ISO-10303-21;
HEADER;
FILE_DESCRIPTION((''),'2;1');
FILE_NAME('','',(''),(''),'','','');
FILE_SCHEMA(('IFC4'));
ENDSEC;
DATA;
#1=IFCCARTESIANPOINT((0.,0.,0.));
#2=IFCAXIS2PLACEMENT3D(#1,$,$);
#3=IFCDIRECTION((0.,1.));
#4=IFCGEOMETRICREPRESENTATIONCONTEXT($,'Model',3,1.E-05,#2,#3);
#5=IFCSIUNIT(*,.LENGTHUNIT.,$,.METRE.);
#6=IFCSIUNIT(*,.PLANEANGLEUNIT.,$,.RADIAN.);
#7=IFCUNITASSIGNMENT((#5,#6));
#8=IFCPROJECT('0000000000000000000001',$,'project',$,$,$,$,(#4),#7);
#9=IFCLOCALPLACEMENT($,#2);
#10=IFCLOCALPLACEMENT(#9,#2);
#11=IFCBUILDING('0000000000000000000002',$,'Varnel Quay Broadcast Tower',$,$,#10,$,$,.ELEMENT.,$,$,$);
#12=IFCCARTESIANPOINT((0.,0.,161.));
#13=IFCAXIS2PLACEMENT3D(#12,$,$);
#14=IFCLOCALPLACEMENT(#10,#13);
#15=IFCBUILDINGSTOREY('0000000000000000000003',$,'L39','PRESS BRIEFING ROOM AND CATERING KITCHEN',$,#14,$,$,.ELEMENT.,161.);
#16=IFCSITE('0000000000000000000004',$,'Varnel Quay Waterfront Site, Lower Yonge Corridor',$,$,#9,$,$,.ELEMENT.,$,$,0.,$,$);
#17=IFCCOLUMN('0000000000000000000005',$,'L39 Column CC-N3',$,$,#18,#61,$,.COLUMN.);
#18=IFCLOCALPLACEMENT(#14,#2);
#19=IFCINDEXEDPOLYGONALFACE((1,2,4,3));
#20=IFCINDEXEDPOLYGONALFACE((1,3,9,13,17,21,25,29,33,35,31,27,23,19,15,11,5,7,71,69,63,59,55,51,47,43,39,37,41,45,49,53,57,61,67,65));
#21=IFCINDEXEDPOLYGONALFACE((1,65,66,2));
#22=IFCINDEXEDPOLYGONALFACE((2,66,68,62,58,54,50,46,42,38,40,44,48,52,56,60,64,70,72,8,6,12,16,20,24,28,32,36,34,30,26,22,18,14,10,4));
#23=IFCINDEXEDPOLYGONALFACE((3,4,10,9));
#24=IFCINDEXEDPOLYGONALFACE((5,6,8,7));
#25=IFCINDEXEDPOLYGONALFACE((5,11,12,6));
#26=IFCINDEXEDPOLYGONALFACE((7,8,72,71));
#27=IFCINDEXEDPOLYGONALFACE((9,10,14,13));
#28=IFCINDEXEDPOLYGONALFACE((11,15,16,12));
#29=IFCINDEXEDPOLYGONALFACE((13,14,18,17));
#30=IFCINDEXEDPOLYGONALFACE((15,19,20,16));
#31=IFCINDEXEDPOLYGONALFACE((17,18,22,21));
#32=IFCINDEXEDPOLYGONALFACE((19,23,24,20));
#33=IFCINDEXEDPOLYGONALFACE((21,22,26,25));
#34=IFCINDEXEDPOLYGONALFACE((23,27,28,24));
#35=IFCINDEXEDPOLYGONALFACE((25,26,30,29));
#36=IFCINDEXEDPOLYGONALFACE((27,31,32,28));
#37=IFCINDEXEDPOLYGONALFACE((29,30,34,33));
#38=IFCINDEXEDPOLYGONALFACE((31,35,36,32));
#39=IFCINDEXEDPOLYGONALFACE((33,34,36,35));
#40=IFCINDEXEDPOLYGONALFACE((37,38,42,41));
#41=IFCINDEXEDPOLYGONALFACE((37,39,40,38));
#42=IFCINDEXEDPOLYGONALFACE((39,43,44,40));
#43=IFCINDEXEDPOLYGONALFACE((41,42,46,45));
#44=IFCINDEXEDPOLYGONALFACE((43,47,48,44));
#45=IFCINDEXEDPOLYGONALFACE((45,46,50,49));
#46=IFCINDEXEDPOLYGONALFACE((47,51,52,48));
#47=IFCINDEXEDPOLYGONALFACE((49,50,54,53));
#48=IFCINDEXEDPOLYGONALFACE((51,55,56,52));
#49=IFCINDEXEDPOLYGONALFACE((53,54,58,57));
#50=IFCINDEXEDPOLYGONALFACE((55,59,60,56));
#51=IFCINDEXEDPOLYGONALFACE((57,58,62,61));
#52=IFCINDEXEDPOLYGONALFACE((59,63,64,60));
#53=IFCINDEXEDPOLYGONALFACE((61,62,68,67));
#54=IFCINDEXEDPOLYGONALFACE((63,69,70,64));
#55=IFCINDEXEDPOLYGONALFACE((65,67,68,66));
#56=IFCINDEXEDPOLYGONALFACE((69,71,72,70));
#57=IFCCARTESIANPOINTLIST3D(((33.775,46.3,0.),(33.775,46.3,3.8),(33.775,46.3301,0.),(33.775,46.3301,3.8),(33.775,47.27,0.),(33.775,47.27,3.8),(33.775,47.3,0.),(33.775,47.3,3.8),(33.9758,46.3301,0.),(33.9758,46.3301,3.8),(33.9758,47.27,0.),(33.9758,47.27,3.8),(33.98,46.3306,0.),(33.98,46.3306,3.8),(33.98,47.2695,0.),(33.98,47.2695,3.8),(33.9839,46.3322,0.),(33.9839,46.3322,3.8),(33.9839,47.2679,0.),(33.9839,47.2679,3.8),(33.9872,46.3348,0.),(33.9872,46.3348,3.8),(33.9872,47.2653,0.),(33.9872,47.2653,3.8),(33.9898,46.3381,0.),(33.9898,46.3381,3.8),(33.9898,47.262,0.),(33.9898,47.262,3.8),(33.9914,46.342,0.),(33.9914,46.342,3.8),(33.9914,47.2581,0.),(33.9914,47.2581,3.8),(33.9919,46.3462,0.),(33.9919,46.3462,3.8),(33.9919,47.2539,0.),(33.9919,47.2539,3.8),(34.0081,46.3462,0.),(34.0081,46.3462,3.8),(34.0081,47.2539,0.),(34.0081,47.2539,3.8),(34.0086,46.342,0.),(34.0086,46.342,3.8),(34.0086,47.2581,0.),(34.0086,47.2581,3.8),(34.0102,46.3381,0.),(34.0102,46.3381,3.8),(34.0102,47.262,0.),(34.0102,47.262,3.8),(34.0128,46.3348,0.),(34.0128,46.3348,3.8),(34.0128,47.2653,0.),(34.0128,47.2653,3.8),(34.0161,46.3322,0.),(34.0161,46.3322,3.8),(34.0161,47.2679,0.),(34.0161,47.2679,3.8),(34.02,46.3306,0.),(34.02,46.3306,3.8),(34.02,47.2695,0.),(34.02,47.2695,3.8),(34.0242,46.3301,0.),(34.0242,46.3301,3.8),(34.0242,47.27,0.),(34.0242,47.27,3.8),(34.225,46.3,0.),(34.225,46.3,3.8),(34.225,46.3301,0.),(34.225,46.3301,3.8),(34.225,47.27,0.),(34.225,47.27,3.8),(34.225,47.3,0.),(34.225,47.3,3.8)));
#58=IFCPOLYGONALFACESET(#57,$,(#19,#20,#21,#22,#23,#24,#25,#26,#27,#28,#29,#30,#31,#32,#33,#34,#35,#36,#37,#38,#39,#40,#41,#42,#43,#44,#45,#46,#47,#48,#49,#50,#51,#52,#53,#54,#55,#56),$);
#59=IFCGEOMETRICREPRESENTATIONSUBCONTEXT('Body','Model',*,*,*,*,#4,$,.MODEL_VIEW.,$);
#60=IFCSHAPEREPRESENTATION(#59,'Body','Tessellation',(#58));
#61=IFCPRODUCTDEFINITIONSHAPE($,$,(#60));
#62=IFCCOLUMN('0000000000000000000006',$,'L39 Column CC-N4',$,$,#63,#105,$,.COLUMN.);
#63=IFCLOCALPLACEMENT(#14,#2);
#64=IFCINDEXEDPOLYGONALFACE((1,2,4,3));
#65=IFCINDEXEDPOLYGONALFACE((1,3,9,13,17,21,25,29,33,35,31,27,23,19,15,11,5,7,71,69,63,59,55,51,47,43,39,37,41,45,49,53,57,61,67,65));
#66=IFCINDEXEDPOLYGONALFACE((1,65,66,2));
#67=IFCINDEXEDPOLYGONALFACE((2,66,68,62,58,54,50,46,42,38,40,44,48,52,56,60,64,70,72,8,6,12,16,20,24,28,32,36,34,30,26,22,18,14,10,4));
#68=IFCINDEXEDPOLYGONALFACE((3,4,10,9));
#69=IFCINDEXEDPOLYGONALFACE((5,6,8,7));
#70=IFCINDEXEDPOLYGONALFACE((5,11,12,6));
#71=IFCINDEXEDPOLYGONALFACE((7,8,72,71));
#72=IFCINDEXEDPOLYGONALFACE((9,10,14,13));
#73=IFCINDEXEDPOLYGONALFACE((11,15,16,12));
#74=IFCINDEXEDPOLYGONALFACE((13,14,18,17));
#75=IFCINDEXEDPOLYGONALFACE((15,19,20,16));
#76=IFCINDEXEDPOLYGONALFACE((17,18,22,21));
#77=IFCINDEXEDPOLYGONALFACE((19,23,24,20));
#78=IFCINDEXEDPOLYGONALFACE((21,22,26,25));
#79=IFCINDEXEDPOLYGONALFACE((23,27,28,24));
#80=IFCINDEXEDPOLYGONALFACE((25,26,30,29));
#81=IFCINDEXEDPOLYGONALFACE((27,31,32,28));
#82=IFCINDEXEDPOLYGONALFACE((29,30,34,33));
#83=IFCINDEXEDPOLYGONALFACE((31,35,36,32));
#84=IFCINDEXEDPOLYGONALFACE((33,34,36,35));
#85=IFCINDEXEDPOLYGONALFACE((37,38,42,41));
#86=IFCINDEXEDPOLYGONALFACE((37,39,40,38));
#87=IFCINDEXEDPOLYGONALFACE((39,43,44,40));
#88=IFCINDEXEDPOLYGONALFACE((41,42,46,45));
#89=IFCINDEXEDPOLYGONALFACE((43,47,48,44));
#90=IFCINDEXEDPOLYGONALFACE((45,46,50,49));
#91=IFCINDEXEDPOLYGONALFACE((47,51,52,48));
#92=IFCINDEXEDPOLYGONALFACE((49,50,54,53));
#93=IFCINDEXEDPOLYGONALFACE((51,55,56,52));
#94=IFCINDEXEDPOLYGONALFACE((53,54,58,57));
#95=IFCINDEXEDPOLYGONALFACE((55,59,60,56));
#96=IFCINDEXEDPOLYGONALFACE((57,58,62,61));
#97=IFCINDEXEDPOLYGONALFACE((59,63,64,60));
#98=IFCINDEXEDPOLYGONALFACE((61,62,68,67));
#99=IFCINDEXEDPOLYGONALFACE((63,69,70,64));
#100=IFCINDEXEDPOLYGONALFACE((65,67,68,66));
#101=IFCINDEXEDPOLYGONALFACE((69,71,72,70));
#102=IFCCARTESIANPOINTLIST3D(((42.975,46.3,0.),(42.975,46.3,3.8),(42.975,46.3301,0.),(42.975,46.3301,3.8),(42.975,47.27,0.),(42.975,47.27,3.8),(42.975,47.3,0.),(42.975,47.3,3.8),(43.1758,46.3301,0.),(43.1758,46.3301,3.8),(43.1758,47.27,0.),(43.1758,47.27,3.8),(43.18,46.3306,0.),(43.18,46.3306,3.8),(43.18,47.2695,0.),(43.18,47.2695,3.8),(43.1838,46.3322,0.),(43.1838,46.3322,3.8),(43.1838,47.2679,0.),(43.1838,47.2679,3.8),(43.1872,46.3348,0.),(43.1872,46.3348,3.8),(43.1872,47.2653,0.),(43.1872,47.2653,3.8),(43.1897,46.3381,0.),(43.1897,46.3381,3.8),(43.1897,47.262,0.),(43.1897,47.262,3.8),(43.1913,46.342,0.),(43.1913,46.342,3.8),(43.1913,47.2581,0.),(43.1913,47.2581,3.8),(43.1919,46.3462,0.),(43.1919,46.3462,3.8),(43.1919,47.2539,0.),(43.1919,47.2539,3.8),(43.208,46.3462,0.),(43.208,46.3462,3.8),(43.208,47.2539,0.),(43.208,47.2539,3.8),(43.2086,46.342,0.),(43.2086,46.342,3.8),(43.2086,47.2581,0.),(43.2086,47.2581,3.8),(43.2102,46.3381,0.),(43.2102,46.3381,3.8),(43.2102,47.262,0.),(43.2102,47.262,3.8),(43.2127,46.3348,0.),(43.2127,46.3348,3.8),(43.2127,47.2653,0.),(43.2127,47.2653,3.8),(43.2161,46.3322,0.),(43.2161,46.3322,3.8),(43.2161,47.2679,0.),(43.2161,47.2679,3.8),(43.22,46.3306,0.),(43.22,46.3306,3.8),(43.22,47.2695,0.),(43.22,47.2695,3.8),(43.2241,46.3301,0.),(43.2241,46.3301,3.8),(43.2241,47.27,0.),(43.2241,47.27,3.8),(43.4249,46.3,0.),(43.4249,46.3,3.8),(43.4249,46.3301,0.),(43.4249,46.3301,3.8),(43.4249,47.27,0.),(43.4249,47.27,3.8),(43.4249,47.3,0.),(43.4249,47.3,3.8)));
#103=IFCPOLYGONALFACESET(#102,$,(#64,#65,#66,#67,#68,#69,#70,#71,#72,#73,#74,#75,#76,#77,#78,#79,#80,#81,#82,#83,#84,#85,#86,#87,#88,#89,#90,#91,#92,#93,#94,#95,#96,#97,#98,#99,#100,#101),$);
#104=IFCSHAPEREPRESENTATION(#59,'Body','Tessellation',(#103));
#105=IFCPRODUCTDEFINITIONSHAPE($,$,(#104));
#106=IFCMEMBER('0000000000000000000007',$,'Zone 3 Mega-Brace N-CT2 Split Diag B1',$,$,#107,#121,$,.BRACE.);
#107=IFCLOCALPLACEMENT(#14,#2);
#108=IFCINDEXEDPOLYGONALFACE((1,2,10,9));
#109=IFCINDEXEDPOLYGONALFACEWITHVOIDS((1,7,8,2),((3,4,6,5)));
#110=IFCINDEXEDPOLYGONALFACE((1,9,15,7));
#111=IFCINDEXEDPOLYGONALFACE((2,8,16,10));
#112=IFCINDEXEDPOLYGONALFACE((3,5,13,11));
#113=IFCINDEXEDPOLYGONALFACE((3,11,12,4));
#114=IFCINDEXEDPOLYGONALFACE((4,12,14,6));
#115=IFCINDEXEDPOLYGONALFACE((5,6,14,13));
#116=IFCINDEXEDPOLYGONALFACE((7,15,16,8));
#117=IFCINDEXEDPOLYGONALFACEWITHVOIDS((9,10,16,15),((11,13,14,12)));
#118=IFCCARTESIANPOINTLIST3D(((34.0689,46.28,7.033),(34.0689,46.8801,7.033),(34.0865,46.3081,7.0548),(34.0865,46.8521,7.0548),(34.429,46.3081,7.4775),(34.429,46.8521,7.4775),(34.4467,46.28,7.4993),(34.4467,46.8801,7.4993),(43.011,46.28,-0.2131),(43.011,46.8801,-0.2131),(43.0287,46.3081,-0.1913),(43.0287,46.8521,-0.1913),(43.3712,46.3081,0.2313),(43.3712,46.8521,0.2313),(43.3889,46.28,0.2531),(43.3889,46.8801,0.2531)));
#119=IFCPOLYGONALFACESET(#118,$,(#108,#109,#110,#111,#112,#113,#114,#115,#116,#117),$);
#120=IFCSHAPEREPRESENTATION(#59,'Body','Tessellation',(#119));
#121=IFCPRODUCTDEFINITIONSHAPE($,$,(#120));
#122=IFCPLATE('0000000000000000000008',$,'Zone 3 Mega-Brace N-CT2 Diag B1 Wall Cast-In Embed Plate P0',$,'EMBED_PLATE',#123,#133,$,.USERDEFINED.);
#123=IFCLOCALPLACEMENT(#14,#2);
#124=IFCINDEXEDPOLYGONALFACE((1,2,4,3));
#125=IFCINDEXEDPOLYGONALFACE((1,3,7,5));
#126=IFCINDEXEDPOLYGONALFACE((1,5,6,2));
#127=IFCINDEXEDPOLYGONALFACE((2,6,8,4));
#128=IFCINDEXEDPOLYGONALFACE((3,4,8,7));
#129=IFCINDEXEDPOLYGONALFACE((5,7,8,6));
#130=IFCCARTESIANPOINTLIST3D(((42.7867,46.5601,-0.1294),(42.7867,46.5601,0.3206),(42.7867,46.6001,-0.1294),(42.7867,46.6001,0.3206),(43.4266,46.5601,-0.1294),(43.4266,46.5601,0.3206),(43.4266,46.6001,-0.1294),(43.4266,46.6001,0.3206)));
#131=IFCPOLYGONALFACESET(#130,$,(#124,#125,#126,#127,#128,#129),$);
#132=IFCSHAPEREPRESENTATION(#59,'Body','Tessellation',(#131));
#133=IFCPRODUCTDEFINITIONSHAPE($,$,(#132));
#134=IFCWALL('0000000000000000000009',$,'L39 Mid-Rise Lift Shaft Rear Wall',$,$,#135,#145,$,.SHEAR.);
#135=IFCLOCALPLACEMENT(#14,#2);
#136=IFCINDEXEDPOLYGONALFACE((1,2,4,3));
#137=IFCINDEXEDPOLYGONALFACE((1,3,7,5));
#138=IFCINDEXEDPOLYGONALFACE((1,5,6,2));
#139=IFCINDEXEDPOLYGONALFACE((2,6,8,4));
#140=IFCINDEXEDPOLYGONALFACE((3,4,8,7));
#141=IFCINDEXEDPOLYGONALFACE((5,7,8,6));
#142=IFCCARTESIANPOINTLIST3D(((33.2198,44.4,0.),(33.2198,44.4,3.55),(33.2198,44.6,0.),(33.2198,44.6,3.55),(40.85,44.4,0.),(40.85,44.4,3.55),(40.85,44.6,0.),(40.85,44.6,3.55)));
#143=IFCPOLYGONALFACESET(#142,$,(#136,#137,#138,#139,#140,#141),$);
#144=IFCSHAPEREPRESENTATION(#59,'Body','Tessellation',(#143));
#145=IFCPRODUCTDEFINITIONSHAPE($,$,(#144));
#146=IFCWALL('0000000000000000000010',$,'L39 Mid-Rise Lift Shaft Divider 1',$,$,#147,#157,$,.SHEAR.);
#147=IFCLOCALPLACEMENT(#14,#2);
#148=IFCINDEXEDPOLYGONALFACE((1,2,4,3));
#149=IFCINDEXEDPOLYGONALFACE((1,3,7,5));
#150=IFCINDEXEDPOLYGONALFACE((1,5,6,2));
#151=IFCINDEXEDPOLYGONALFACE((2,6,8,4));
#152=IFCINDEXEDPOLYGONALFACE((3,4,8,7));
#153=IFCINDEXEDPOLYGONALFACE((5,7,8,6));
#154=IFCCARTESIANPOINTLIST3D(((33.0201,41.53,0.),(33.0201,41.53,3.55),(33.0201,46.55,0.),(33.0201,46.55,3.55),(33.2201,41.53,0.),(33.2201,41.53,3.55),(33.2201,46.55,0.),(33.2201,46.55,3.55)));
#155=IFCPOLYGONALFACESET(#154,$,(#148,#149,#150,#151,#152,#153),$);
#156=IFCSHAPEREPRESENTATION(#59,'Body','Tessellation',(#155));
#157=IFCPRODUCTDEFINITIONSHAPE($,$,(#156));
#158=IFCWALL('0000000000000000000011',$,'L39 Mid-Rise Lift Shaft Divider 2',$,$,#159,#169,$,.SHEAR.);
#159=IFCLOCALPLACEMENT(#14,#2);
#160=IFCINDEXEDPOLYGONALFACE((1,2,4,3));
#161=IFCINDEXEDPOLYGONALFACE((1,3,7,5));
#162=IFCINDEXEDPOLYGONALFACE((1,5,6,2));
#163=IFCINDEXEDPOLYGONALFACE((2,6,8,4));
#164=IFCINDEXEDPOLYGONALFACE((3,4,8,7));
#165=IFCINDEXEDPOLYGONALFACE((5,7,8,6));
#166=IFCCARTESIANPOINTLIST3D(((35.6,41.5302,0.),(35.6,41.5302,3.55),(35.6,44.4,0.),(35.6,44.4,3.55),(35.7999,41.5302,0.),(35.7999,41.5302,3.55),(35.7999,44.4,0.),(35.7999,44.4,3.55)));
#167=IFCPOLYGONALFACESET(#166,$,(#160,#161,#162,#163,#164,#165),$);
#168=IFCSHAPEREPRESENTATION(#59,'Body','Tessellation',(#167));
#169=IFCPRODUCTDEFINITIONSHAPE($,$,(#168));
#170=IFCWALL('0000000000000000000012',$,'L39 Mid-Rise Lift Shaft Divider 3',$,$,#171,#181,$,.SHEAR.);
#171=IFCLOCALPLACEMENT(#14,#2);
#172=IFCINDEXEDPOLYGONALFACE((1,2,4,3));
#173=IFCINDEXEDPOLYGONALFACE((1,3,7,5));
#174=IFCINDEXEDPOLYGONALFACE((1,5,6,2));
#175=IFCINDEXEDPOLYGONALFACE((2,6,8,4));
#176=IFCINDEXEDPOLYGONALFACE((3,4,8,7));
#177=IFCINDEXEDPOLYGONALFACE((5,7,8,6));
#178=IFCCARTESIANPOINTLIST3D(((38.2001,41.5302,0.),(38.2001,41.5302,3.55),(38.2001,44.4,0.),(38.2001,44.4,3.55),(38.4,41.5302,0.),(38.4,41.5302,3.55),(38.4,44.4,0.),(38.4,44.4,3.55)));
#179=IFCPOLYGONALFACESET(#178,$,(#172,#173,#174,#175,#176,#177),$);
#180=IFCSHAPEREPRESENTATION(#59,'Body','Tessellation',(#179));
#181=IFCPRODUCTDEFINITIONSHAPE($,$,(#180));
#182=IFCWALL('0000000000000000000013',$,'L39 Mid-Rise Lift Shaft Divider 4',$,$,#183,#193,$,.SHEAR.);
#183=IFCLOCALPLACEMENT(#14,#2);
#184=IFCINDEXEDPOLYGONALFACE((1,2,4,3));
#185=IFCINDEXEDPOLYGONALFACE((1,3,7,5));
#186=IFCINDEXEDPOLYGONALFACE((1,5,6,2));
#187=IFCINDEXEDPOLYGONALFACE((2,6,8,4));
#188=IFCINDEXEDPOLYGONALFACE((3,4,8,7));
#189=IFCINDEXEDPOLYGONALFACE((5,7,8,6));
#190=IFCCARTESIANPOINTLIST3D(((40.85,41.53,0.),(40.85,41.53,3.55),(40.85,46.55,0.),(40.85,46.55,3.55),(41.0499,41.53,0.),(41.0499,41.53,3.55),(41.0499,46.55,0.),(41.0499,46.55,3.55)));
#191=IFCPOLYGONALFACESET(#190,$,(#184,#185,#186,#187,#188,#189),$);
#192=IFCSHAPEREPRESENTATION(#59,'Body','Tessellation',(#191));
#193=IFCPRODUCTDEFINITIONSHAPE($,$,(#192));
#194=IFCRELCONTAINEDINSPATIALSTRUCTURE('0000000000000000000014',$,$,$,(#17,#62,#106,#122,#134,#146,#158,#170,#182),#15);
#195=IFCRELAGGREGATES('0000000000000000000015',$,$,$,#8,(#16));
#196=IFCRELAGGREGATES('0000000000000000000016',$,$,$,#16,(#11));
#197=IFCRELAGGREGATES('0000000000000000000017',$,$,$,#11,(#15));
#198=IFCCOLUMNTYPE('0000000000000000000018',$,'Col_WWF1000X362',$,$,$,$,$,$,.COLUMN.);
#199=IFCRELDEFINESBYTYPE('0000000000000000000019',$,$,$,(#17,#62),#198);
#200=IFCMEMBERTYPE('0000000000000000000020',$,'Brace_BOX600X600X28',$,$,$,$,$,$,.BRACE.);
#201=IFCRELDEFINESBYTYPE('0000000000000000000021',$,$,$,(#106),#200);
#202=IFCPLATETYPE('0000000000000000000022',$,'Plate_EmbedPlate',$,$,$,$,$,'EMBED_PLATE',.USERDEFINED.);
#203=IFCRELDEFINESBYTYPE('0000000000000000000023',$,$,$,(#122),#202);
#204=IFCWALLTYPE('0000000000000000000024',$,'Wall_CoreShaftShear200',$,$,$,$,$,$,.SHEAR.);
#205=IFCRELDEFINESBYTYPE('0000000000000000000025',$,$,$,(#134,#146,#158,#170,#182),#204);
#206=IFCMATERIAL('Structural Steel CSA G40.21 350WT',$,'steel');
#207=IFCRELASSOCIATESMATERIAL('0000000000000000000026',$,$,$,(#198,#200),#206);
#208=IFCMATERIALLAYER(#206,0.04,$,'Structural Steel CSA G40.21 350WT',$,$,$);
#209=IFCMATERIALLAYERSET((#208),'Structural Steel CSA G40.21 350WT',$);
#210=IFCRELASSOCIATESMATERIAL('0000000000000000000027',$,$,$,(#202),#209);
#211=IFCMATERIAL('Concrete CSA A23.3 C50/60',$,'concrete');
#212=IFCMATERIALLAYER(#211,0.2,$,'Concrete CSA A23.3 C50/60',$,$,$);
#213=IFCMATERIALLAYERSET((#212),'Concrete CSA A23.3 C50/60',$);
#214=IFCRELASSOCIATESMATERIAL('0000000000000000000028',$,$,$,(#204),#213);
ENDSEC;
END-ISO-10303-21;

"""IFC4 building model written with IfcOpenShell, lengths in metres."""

from ifc_helpers import new_model, si_unit, direction, frame, frame_2d, origin, origin_2d, place, context, subcontext, project, spatial, rectangle, hollow_rectangle, i_section, extrude, source, transform, mapped, material, layer, layer_set, material_profile, profile_set, type_object, type_shapes, element, save


model = new_model("IFC4")

# Units and contexts
model_context = context("Model", 3, precision=1e-05, world=origin(), true_north=direction((0.0, 1.0)))
body_context = subcontext(model_context, "Body", "Model", "MODEL_VIEW")
ifc_project = project(units=[si_unit("LENGTHUNIT", "METRE"), si_unit("PLANEANGLEUNIT", "RADIAN")], contexts=[model_context])

# Site, building, storey
site_placement = place(None, origin())
site = spatial("IfcSite", under=ifc_project, at=site_placement, Name="Varnel Quay Waterfront Site, Lower Yonge Corridor", CompositionType="ELEMENT", RefElevation=0.0)
building_placement = place(site_placement, origin())
building = spatial("IfcBuilding", under=site, at=building_placement, Name="Varnel Quay Broadcast Tower", CompositionType="ELEMENT")
storey_placement = place(building_placement, frame((0.0, 0.0, 161.0)))
storey = spatial("IfcBuildingStorey", under=building, at=storey_placement, Name="L39", Description="PRESS BRIEFING ROOM AND CATERING KITCHEN", CompositionType="ELEMENT", Elevation=161.0)

# Columns
ifc_material_1 = material(Name="Structural Steel CSA G40.21 350WT", Category="steel")
ifc_material_profile_1 = material_profile(ifc_material_1, i_section(OverallWidth=0.45, OverallDepth=1.0, WebThickness=0.0161, FlangeThickness=0.03, FilletRadius=0.0161, at=origin_2d()), Name="WWF1000X362")
ifc_profile_set_1 = profile_set([ifc_material_profile_1], Name="Structural Steel CSA G40.21 350WT")
column_type = type_object("IfcColumnType", Name="Col_WWF1000X362", PredefinedType="COLUMN", material=ifc_profile_set_1)
shared_shape_1 = source(origin(), body_context, "Body", "SweptSolid", [
    extrude(i_section(OverallWidth=0.45, OverallDepth=1.0, WebThickness=0.0161, FlangeThickness=0.03, FilletRadius=0.0161, at=origin_2d()), origin(), (0.0, 0.0, 1.0), 3.8),
])
type_shapes(column_type, [shared_shape_1])
for number, where, z_axis, x_axis, name in (
    (1, (34.0, 46.8, 0.0), (0.0, 0.0, 1.0), (1.0, 0.0, 0.0), "L39 Column CC-N3"),
    (2, (43.2, 46.8, 0.0), (0.0, 0.0, 1.0), (1.0, 0.0, 0.0), "L39 Column CC-N4"),
):
    element("IfcColumn", number, at=place(storey_placement, frame(where, z_axis=z_axis, x_axis=x_axis)), inside=storey, type_object=column_type, Name=name, PredefinedType="COLUMN", context=body_context, shape_type="MappedRepresentation", body=[
        mapped(shared_shape_1, transform((0.0, 0.0, 0.0), x_axis=(1.0, 0.0, 0.0), y_axis=(0.0, 1.0, 0.0), z_axis=(0.0, 0.0, 1.0), scale=1.0)),
    ])

# Member
ifc_material_profile_2 = material_profile(ifc_material_1, hollow_rectangle(XDim=0.6001, YDim=0.6001, WallThickness=0.0281, at=origin_2d()), Name="BOX600X600X28")
ifc_profile_set_2 = profile_set([ifc_material_profile_2], Name="Structural Steel CSA G40.21 350WT")
member_type = type_object("IfcMemberType", Name="Brace_BOX600X600X28", PredefinedType="BRACE", material=ifc_profile_set_2)
shared_shape_2 = source(origin(), body_context, "Body", "SweptSolid", [
    extrude(hollow_rectangle(XDim=0.6001, YDim=0.6001, WallThickness=0.0281, at=origin_2d()), origin(), (0.0, 0.0, 1.0), 11.5095),
])
type_shapes(member_type, [shared_shape_2])
member_placement = place(storey_placement, frame((43.2, 46.5801, 0.02), z_axis=(-0.776938, 0.0, 0.629577), x_axis=(0.0, -1.0, 0.0)))
element("IfcMember", 3, at=member_placement, inside=storey, type_object=member_type, Name="Zone 3 Mega-Brace N-CT2 Split Diag B1", PredefinedType="BRACE", context=body_context, shape_type="MappedRepresentation", body=[
    mapped(shared_shape_2, transform((0.0, 0.0, 0.0), x_axis=(1.0, 0.0, 0.0), y_axis=(0.0, 1.0, 0.0), z_axis=(0.0, 0.0, 1.0), scale=1.0)),
])

# Plate
ifc_layer_1 = layer(ifc_material_1, 0.04, Name="Structural Steel CSA G40.21 350WT")
ifc_layer_set_1 = layer_set([ifc_layer_1], Name="Structural Steel CSA G40.21 350WT")
plate_type = type_object("IfcPlateType", Name="Plate_EmbedPlate", ElementType="EMBED_PLATE", PredefinedType="USERDEFINED", material=ifc_layer_set_1)
shared_shape_3 = source(origin(), body_context, "Body", "SweptSolid", [
    extrude(rectangle(XDim=0.6399, YDim=0.04, at=origin_2d()), origin(), (0.0, 0.0, 1.0), 0.45),
])
type_shapes(plate_type, [shared_shape_3])
plate_placement = place(storey_placement, frame((43.1067, 46.5801, -0.1294), z_axis=(0.0, 0.0, 1.0), x_axis=(1.0, 0.0, 0.0)))
element("IfcPlate", 4, at=plate_placement, inside=storey, type_object=plate_type, Name="Zone 3 Mega-Brace N-CT2 Diag B1 Wall Cast-In Embed Plate P0", ObjectType="EMBED_PLATE", PredefinedType="USERDEFINED", context=body_context, shape_type="MappedRepresentation", body=[
    mapped(shared_shape_3, transform((0.0, 0.0, 0.0), x_axis=(1.0, 0.0, 0.0), y_axis=(0.0, 1.0, 0.0), z_axis=(0.0, 0.0, 1.0), scale=1.0)),
])

# Walls
ifc_material_2 = material(Name="Concrete CSA A23.3 C50/60", Category="concrete")
ifc_layer_2 = layer(ifc_material_2, 0.2, Name="Concrete CSA A23.3 C50/60")
ifc_layer_set_2 = layer_set([ifc_layer_2], Name="Concrete CSA A23.3 C50/60")
wall_type_1 = type_object("IfcWallType", Name="Wall_CoreShaftShear200", PredefinedType="SHEAR", material=ifc_layer_set_2)
wall_1_placement = place(storey_placement, frame((33.22, 44.5, 0.0), z_axis=(0.0, 0.0, 1.0), x_axis=(1.0, 0.0, 0.0)))
element("IfcWall", 5, at=wall_1_placement, inside=storey, type_object=wall_type_1, Name="L39 Mid-Rise Lift Shaft Rear Wall", PredefinedType="SHEAR", context=body_context, shape_type="SweptSolid", body=[
    extrude(rectangle(XDim=7.6301, YDim=0.2, at=frame_2d((3.8149, 0.0))), origin(), (0.0, 0.0, 1.0), 3.55),
])
wall_2_placement = place(storey_placement, frame((33.1201, 41.53, 0.0), z_axis=(0.0, 0.0, 1.0), x_axis=(0.0, 1.0, 0.0)))
element("IfcWall", 6, at=wall_2_placement, inside=storey, type_object=wall_type_1, Name="L39 Mid-Rise Lift Shaft Divider 1", PredefinedType="SHEAR", context=body_context, shape_type="SweptSolid", body=[
    extrude(rectangle(XDim=5.02, YDim=0.2, at=frame_2d((2.51, 0.0))), origin(), (0.0, 0.0, 1.0), 3.55),
])
for number, where, z_axis, x_axis, name in (
    (7, (35.7, 41.53, 0.0), (0.0, 0.0, 1.0), (0.0, 1.0, 0.0), "L39 Mid-Rise Lift Shaft Divider 2"),
    (8, (38.3, 41.53, 0.0), (0.0, 0.0, 1.0), (0.0, 1.0, 0.0), "L39 Mid-Rise Lift Shaft Divider 3"),
):
    element("IfcWall", number, at=place(storey_placement, frame(where, z_axis=z_axis, x_axis=x_axis)), inside=storey, type_object=wall_type_1, Name=name, PredefinedType="SHEAR", context=body_context, shape_type="SweptSolid", body=[
        extrude(rectangle(XDim=2.8699, YDim=0.2, at=frame_2d((1.4351, 0.0))), origin(), (0.0, 0.0, 1.0), 3.55),
    ])
wall_3_placement = place(storey_placement, frame((40.95, 41.53, 0.0), z_axis=(0.0, 0.0, 1.0), x_axis=(0.0, 1.0, 0.0)))
element("IfcWall", 9, at=wall_3_placement, inside=storey, type_object=wall_type_1, Name="L39 Mid-Rise Lift Shaft Divider 4", PredefinedType="SHEAR", context=body_context, shape_type="SweptSolid", body=[
    extrude(rectangle(XDim=5.02, YDim=0.2, at=frame_2d((2.51, 0.0))), origin(), (0.0, 0.0, 1.0), 3.55),
])

save(model, "model.ifc")
